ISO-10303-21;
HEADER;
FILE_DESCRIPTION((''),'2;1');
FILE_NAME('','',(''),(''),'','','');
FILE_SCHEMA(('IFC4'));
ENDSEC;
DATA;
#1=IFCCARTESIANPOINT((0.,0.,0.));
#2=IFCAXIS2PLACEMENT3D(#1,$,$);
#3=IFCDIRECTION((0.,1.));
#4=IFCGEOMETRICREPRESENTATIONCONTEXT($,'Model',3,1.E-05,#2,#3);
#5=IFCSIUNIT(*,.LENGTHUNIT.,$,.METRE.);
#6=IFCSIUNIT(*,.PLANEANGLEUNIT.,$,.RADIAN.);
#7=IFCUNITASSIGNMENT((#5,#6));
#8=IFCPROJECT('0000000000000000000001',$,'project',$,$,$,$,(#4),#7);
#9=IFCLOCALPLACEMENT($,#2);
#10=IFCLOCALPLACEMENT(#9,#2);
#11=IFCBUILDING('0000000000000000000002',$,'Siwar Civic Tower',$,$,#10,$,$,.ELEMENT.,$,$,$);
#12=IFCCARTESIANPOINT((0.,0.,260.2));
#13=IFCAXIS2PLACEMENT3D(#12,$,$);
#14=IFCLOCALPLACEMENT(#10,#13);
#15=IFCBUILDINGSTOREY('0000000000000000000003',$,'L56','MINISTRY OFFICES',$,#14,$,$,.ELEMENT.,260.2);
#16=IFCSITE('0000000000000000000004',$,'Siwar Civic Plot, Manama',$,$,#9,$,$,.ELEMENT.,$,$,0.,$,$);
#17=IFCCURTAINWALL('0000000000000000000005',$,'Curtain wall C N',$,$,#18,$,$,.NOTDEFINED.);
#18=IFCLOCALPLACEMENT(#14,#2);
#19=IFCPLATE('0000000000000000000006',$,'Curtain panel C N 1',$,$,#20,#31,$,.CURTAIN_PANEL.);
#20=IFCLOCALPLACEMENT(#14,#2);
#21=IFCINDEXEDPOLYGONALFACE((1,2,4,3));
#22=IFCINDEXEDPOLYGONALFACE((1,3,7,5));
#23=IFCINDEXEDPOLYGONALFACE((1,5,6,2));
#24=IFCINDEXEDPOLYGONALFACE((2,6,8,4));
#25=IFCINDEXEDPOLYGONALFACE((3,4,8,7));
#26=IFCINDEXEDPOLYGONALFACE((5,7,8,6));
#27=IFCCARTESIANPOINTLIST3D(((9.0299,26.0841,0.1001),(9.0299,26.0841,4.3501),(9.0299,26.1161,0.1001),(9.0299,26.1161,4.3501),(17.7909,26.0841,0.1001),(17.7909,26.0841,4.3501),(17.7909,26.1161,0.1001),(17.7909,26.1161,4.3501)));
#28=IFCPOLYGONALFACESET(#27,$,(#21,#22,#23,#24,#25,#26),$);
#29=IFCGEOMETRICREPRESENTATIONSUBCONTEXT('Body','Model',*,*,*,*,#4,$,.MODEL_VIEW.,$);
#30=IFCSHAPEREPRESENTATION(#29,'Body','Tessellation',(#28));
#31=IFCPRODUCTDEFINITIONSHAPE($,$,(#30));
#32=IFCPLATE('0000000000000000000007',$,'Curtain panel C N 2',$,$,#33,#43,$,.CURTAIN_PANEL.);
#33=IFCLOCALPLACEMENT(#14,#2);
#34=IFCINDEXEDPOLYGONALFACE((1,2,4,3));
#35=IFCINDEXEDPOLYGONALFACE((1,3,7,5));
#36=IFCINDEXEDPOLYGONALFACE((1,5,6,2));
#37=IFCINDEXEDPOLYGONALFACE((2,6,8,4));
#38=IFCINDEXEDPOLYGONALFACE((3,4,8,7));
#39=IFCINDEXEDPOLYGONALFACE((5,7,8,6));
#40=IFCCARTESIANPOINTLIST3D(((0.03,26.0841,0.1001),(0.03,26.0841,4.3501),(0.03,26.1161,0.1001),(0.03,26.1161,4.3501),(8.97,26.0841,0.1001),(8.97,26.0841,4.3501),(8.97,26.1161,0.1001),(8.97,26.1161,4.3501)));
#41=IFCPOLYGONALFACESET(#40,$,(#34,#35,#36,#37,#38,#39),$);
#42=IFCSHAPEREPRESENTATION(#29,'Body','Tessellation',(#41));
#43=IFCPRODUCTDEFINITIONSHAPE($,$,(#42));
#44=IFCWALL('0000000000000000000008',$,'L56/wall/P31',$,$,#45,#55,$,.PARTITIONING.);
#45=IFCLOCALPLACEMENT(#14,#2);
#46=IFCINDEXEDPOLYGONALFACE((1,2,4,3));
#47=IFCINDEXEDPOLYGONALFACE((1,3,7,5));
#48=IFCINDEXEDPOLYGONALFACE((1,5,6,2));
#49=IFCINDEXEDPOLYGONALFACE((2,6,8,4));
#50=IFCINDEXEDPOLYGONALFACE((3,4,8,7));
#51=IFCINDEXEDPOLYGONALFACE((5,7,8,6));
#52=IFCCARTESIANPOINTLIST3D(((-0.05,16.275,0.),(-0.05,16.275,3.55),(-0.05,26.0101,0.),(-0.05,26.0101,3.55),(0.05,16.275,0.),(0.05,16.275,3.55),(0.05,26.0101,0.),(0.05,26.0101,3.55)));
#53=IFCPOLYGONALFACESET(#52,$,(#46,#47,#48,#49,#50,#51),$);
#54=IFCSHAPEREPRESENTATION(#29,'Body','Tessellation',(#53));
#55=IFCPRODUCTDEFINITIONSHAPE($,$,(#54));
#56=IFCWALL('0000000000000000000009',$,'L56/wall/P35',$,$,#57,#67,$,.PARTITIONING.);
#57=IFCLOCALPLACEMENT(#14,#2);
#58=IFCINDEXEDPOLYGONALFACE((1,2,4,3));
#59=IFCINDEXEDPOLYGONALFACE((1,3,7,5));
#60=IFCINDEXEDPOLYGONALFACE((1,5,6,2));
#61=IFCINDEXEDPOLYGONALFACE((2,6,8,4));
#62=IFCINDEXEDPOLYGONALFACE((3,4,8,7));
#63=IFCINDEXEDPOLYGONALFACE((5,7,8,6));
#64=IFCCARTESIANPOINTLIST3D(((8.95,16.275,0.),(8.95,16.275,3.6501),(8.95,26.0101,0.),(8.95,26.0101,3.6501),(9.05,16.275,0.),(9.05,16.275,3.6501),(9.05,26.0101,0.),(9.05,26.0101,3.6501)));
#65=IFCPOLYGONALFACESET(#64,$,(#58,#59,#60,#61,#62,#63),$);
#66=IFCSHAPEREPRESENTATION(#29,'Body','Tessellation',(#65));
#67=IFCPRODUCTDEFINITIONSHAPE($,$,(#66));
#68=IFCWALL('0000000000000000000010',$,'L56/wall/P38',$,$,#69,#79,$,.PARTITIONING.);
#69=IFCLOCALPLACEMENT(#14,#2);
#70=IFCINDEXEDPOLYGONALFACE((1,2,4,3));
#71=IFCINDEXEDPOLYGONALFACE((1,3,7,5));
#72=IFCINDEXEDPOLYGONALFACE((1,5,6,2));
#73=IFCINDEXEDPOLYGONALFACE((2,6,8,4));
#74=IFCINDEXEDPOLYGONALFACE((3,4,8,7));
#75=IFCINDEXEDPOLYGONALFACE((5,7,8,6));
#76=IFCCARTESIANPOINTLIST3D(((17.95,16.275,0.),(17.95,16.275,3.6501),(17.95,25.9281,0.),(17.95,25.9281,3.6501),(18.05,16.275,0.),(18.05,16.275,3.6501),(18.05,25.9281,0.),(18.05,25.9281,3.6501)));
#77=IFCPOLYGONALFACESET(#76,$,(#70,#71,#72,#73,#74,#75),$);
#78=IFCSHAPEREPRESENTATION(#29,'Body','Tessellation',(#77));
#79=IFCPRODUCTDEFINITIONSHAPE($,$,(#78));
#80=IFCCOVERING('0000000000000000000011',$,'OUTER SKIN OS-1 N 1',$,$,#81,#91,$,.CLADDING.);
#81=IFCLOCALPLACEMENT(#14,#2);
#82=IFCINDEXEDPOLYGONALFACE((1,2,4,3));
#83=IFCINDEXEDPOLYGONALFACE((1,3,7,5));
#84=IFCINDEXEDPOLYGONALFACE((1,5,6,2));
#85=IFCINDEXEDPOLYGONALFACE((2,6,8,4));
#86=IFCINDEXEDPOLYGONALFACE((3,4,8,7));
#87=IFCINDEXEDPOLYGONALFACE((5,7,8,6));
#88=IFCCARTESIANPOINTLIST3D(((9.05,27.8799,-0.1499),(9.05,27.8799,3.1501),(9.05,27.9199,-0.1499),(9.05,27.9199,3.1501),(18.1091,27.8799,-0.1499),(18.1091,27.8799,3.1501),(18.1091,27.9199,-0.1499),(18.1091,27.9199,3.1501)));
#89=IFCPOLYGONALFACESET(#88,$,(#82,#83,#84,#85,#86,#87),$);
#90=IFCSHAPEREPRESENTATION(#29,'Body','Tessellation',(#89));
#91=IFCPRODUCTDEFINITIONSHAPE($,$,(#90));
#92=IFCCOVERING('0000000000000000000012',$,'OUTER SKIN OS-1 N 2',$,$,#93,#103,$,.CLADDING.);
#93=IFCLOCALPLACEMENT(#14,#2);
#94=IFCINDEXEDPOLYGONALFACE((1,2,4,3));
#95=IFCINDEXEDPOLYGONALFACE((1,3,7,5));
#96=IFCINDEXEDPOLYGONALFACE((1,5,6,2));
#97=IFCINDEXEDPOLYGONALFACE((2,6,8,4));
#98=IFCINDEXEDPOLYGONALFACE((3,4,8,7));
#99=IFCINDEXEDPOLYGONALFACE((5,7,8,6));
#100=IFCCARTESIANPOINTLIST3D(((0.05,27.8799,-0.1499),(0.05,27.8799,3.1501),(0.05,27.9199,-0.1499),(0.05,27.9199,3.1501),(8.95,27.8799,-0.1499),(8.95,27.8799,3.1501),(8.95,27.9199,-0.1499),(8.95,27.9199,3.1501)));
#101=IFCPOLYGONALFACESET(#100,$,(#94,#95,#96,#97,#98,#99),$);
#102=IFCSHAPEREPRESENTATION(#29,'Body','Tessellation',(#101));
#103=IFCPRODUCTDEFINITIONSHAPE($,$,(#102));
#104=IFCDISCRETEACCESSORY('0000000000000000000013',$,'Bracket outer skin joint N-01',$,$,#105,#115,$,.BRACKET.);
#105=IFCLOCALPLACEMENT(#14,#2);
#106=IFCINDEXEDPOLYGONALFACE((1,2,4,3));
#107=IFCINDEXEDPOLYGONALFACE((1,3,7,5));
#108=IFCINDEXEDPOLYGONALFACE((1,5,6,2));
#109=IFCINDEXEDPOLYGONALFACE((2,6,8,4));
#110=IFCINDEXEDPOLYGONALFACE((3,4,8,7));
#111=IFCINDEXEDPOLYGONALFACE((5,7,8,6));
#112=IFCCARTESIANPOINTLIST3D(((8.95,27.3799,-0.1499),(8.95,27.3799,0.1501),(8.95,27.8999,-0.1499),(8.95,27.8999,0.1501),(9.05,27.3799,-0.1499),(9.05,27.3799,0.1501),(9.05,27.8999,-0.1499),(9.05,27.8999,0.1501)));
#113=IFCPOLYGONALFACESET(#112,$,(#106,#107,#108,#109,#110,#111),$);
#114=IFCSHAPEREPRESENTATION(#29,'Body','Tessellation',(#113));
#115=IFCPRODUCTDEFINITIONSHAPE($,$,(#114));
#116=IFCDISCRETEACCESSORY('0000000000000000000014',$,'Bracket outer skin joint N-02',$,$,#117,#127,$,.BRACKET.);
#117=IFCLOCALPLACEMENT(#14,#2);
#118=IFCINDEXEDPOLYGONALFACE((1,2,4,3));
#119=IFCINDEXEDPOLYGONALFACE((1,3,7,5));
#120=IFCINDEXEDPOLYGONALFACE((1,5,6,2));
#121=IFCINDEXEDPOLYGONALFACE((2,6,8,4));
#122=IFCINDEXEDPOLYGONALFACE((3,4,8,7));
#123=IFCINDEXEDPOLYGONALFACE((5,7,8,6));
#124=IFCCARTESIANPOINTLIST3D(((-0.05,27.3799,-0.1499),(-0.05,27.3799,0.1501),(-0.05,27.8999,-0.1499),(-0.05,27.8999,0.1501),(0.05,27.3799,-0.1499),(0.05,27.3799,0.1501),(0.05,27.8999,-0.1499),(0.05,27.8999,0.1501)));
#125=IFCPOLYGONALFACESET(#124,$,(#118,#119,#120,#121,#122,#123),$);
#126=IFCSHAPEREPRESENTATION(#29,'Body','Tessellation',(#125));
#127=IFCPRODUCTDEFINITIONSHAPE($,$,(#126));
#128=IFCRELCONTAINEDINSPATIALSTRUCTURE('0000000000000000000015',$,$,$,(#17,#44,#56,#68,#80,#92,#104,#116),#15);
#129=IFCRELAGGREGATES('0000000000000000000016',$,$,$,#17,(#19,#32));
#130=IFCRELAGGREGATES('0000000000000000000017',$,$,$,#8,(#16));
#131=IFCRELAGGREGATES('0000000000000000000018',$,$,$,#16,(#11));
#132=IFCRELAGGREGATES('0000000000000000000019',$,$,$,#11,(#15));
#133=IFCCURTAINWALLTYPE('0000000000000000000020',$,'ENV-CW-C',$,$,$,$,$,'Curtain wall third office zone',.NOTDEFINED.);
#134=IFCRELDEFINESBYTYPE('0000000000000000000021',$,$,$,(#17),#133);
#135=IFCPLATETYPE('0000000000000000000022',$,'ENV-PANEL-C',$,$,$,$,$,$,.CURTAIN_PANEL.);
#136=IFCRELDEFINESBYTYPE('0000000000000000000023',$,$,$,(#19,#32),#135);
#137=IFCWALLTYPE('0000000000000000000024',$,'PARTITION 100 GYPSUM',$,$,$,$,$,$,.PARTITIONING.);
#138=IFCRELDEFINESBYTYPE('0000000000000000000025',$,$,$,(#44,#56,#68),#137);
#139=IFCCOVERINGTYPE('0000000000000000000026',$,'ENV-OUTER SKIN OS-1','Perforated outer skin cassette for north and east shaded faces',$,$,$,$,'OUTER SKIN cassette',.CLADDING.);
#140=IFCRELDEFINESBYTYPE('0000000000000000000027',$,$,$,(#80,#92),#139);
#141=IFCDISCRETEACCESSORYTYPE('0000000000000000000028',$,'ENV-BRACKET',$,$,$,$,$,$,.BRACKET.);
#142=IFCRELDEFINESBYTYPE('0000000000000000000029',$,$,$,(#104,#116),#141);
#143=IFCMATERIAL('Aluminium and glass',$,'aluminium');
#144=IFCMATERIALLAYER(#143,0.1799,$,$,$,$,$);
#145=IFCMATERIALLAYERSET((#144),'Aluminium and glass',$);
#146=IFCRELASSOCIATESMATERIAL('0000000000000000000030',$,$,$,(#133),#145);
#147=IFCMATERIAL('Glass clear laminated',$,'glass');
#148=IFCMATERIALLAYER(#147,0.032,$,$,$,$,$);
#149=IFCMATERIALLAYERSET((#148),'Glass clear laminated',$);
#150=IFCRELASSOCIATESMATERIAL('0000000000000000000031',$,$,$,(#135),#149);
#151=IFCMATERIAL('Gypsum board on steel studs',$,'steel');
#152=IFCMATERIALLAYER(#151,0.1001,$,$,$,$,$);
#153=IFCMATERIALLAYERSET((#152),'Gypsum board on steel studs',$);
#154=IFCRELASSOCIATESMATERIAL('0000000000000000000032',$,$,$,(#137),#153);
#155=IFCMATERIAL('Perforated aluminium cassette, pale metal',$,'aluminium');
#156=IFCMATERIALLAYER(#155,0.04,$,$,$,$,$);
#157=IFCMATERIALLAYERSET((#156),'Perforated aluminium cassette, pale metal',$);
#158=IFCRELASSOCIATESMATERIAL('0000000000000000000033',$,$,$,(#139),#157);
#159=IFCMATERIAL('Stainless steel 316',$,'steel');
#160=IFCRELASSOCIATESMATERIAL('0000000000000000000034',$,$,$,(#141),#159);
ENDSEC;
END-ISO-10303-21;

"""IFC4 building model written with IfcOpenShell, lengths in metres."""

from ifc_helpers import new_model, si_unit, direction, frame, frame_2d, origin, origin_2d, place, context, subcontext, project, spatial, rectangle, extrude, material, layer, layer_set, type_object, element, aggregate, save


model = new_model("IFC4")

# Units and contexts
model_context = context("Model", 3, precision=1e-05, world=origin(), true_north=direction((0.0, 1.0)))
body_context = subcontext(model_context, "Body", "Model", "MODEL_VIEW")
ifc_project = project(units=[si_unit("LENGTHUNIT", "METRE"), si_unit("PLANEANGLEUNIT", "RADIAN")], contexts=[model_context])

# Site, building, storey
site_placement = place(None, origin())
site = spatial("IfcSite", under=ifc_project, at=site_placement, Name="Siwar Civic Plot, Manama", CompositionType="ELEMENT", RefElevation=0.0)
building_placement = place(site_placement, origin())
building = spatial("IfcBuilding", under=site, at=building_placement, Name="Siwar Civic Tower", CompositionType="ELEMENT")
storey_placement = place(building_placement, frame((0.0, 0.0, 260.2)))
storey = spatial("IfcBuildingStorey", under=building, at=storey_placement, Name="L56", Description="MINISTRY OFFICES", CompositionType="ELEMENT", Elevation=260.2)

# Curtain wall
ifc_material_1 = material(Name="Aluminium and glass", Category="aluminium")
ifc_layer_1 = layer(ifc_material_1, 0.1799)
ifc_layer_set_1 = layer_set([ifc_layer_1], Name="Aluminium and glass")
curtain_wall_type = type_object("IfcCurtainWallType", Name="ENV-CW-C", ElementType="Curtain wall third office zone", PredefinedType="NOTDEFINED", material=ifc_layer_set_1)
curtain_wall_placement = place(storey_placement, origin())
curtain_wall = element("IfcCurtainWall", 1, at=curtain_wall_placement, inside=storey, type_object=curtain_wall_type, Name="Curtain wall C N", PredefinedType="NOTDEFINED")

# Plates
ifc_material_2 = material(Name="Glass clear laminated", Category="glass")
ifc_layer_2 = layer(ifc_material_2, 0.032)
ifc_layer_set_2 = layer_set([ifc_layer_2], Name="Glass clear laminated")
plate_type = type_object("IfcPlateType", Name="ENV-PANEL-C", PredefinedType="CURTAIN_PANEL", material=ifc_layer_set_2)
plate_1_placement = place(storey_placement, frame((13.4104, 26.1001, 0.1001), z_axis=(0.0, 0.0, 1.0), x_axis=(-1.0, 0.0, 0.0)))
plate_1 = element("IfcPlate", 2, at=plate_1_placement, type_object=plate_type, Name="Curtain panel C N 1", PredefinedType="CURTAIN_PANEL", context=body_context, shape_type="SweptSolid", body=[
    extrude(rectangle(XDim=8.761, YDim=0.032, at=origin_2d()), origin(), (0.0, 0.0, 1.0), 4.25),
])
plate_2_placement = place(storey_placement, frame((4.5, 26.1001, 0.1001), z_axis=(0.0, 0.0, 1.0), x_axis=(-1.0, 0.0, 0.0)))
plate_2 = element("IfcPlate", 3, at=plate_2_placement, type_object=plate_type, Name="Curtain panel C N 2", PredefinedType="CURTAIN_PANEL", context=body_context, shape_type="SweptSolid", body=[
    extrude(rectangle(XDim=8.9399, YDim=0.032, at=origin_2d()), origin(), (0.0, 0.0, 1.0), 4.25),
])
aggregate(curtain_wall, [plate_1, plate_2])

# Walls
ifc_material_3 = material(Name="Gypsum board on steel studs", Category="steel")
ifc_layer_3 = layer(ifc_material_3, 0.1001)
ifc_layer_set_3 = layer_set([ifc_layer_3], Name="Gypsum board on steel studs")
wall_type = type_object("IfcWallType", Name="PARTITION 100 GYPSUM", PredefinedType="PARTITIONING", material=ifc_layer_set_3)
wall_1_placement = place(storey_placement, frame((0.0, 16.2749, 0.0), z_axis=(0.0, 0.0, 1.0), x_axis=(0.0, 1.0, 0.0)))
element("IfcWall", 4, at=wall_1_placement, inside=storey, type_object=wall_type, Name="L56/wall/P31", PredefinedType="PARTITIONING", context=body_context, shape_type="SweptSolid", body=[
    extrude(rectangle(XDim=9.7351, YDim=0.1001, at=frame_2d((4.8677, 0.0))), origin(), (0.0, 0.0, 1.0), 3.55),
])
wall_2_placement = place(storey_placement, frame((9.0, 16.2749, 0.0), z_axis=(0.0, 0.0, 1.0), x_axis=(0.0, 1.0, 0.0)))
element("IfcWall", 5, at=wall_2_placement, inside=storey, type_object=wall_type, Name="L56/wall/P35", PredefinedType="PARTITIONING", context=body_context, shape_type="SweptSolid", body=[
    extrude(rectangle(XDim=9.7351, YDim=0.1001, at=frame_2d((4.8677, 0.0))), origin(), (0.0, 0.0, 1.0), 3.6501),
])
wall_3_placement = place(storey_placement, frame((18.0, 16.2749, 0.0), z_axis=(0.0, 0.0, 1.0), x_axis=(0.0, 1.0, 0.0)))
element("IfcWall", 6, at=wall_3_placement, inside=storey, type_object=wall_type, Name="L56/wall/P38", PredefinedType="PARTITIONING", context=body_context, shape_type="SweptSolid", body=[
    extrude(rectangle(XDim=9.6531, YDim=0.1001, at=frame_2d((4.8267, 0.0))), origin(), (0.0, 0.0, 1.0), 3.6501),
])

# Coverings
ifc_material_4 = material(Name="Perforated aluminium cassette, pale metal", Category="aluminium")
ifc_layer_4 = layer(ifc_material_4, 0.04)
ifc_layer_set_4 = layer_set([ifc_layer_4], Name="Perforated aluminium cassette, pale metal")
covering_type = type_object("IfcCoveringType", Name="ENV-OUTER SKIN OS-1", Description="Perforated outer skin cassette for north and east shaded faces", ElementType="OUTER SKIN cassette", PredefinedType="CLADDING", material=ifc_layer_set_4)
covering_1_placement = place(storey_placement, frame((13.5796, 27.8999, -0.1499), z_axis=(0.0, 0.0, 1.0), x_axis=(-1.0, 0.0, 0.0)))
element("IfcCovering", 7, at=covering_1_placement, inside=storey, type_object=covering_type, Name="OUTER SKIN OS-1 N 1", PredefinedType="CLADDING", context=body_context, shape_type="SweptSolid", body=[
    extrude(rectangle(XDim=9.0591, YDim=0.04, at=origin_2d()), origin(), (0.0, 0.0, 1.0), 3.3),
])
covering_2_placement = place(storey_placement, frame((4.5, 27.8999, -0.1499), z_axis=(0.0, 0.0, 1.0), x_axis=(-1.0, 0.0, 0.0)))
element("IfcCovering", 8, at=covering_2_placement, inside=storey, type_object=covering_type, Name="OUTER SKIN OS-1 N 2", PredefinedType="CLADDING", context=body_context, shape_type="SweptSolid", body=[
    extrude(rectangle(XDim=8.8999, YDim=0.04, at=origin_2d()), origin(), (0.0, 0.0, 1.0), 3.3),
])

# Discrete accessories
ifc_material_5 = material(Name="Stainless steel 316", Category="steel")
discrete_accessory_type = type_object("IfcDiscreteAccessoryType", Name="ENV-BRACKET", PredefinedType="BRACKET", material=ifc_material_5)
for number, where, z_axis, x_axis, name in (
    (9, (9.0, 27.6399, -0.1499), (0.0, 0.0, 1.0), (0.0, 1.0, 0.0), "Bracket outer skin joint N-01"),
    (10, (0.0, 27.6399, -0.1499), (0.0, 0.0, 1.0), (0.0, 1.0, 0.0), "Bracket outer skin joint N-02"),
):
    element("IfcDiscreteAccessory", number, at=place(storey_placement, frame(where, z_axis=z_axis, x_axis=x_axis)), inside=storey, type_object=discrete_accessory_type, Name=name, PredefinedType="BRACKET", context=body_context, shape_type="SweptSolid", body=[
        extrude(rectangle(XDim=0.52, YDim=0.1001, at=origin_2d()), origin(), (0.0, 0.0, 1.0), 0.3),
    ])

save(model, "model.ifc")
